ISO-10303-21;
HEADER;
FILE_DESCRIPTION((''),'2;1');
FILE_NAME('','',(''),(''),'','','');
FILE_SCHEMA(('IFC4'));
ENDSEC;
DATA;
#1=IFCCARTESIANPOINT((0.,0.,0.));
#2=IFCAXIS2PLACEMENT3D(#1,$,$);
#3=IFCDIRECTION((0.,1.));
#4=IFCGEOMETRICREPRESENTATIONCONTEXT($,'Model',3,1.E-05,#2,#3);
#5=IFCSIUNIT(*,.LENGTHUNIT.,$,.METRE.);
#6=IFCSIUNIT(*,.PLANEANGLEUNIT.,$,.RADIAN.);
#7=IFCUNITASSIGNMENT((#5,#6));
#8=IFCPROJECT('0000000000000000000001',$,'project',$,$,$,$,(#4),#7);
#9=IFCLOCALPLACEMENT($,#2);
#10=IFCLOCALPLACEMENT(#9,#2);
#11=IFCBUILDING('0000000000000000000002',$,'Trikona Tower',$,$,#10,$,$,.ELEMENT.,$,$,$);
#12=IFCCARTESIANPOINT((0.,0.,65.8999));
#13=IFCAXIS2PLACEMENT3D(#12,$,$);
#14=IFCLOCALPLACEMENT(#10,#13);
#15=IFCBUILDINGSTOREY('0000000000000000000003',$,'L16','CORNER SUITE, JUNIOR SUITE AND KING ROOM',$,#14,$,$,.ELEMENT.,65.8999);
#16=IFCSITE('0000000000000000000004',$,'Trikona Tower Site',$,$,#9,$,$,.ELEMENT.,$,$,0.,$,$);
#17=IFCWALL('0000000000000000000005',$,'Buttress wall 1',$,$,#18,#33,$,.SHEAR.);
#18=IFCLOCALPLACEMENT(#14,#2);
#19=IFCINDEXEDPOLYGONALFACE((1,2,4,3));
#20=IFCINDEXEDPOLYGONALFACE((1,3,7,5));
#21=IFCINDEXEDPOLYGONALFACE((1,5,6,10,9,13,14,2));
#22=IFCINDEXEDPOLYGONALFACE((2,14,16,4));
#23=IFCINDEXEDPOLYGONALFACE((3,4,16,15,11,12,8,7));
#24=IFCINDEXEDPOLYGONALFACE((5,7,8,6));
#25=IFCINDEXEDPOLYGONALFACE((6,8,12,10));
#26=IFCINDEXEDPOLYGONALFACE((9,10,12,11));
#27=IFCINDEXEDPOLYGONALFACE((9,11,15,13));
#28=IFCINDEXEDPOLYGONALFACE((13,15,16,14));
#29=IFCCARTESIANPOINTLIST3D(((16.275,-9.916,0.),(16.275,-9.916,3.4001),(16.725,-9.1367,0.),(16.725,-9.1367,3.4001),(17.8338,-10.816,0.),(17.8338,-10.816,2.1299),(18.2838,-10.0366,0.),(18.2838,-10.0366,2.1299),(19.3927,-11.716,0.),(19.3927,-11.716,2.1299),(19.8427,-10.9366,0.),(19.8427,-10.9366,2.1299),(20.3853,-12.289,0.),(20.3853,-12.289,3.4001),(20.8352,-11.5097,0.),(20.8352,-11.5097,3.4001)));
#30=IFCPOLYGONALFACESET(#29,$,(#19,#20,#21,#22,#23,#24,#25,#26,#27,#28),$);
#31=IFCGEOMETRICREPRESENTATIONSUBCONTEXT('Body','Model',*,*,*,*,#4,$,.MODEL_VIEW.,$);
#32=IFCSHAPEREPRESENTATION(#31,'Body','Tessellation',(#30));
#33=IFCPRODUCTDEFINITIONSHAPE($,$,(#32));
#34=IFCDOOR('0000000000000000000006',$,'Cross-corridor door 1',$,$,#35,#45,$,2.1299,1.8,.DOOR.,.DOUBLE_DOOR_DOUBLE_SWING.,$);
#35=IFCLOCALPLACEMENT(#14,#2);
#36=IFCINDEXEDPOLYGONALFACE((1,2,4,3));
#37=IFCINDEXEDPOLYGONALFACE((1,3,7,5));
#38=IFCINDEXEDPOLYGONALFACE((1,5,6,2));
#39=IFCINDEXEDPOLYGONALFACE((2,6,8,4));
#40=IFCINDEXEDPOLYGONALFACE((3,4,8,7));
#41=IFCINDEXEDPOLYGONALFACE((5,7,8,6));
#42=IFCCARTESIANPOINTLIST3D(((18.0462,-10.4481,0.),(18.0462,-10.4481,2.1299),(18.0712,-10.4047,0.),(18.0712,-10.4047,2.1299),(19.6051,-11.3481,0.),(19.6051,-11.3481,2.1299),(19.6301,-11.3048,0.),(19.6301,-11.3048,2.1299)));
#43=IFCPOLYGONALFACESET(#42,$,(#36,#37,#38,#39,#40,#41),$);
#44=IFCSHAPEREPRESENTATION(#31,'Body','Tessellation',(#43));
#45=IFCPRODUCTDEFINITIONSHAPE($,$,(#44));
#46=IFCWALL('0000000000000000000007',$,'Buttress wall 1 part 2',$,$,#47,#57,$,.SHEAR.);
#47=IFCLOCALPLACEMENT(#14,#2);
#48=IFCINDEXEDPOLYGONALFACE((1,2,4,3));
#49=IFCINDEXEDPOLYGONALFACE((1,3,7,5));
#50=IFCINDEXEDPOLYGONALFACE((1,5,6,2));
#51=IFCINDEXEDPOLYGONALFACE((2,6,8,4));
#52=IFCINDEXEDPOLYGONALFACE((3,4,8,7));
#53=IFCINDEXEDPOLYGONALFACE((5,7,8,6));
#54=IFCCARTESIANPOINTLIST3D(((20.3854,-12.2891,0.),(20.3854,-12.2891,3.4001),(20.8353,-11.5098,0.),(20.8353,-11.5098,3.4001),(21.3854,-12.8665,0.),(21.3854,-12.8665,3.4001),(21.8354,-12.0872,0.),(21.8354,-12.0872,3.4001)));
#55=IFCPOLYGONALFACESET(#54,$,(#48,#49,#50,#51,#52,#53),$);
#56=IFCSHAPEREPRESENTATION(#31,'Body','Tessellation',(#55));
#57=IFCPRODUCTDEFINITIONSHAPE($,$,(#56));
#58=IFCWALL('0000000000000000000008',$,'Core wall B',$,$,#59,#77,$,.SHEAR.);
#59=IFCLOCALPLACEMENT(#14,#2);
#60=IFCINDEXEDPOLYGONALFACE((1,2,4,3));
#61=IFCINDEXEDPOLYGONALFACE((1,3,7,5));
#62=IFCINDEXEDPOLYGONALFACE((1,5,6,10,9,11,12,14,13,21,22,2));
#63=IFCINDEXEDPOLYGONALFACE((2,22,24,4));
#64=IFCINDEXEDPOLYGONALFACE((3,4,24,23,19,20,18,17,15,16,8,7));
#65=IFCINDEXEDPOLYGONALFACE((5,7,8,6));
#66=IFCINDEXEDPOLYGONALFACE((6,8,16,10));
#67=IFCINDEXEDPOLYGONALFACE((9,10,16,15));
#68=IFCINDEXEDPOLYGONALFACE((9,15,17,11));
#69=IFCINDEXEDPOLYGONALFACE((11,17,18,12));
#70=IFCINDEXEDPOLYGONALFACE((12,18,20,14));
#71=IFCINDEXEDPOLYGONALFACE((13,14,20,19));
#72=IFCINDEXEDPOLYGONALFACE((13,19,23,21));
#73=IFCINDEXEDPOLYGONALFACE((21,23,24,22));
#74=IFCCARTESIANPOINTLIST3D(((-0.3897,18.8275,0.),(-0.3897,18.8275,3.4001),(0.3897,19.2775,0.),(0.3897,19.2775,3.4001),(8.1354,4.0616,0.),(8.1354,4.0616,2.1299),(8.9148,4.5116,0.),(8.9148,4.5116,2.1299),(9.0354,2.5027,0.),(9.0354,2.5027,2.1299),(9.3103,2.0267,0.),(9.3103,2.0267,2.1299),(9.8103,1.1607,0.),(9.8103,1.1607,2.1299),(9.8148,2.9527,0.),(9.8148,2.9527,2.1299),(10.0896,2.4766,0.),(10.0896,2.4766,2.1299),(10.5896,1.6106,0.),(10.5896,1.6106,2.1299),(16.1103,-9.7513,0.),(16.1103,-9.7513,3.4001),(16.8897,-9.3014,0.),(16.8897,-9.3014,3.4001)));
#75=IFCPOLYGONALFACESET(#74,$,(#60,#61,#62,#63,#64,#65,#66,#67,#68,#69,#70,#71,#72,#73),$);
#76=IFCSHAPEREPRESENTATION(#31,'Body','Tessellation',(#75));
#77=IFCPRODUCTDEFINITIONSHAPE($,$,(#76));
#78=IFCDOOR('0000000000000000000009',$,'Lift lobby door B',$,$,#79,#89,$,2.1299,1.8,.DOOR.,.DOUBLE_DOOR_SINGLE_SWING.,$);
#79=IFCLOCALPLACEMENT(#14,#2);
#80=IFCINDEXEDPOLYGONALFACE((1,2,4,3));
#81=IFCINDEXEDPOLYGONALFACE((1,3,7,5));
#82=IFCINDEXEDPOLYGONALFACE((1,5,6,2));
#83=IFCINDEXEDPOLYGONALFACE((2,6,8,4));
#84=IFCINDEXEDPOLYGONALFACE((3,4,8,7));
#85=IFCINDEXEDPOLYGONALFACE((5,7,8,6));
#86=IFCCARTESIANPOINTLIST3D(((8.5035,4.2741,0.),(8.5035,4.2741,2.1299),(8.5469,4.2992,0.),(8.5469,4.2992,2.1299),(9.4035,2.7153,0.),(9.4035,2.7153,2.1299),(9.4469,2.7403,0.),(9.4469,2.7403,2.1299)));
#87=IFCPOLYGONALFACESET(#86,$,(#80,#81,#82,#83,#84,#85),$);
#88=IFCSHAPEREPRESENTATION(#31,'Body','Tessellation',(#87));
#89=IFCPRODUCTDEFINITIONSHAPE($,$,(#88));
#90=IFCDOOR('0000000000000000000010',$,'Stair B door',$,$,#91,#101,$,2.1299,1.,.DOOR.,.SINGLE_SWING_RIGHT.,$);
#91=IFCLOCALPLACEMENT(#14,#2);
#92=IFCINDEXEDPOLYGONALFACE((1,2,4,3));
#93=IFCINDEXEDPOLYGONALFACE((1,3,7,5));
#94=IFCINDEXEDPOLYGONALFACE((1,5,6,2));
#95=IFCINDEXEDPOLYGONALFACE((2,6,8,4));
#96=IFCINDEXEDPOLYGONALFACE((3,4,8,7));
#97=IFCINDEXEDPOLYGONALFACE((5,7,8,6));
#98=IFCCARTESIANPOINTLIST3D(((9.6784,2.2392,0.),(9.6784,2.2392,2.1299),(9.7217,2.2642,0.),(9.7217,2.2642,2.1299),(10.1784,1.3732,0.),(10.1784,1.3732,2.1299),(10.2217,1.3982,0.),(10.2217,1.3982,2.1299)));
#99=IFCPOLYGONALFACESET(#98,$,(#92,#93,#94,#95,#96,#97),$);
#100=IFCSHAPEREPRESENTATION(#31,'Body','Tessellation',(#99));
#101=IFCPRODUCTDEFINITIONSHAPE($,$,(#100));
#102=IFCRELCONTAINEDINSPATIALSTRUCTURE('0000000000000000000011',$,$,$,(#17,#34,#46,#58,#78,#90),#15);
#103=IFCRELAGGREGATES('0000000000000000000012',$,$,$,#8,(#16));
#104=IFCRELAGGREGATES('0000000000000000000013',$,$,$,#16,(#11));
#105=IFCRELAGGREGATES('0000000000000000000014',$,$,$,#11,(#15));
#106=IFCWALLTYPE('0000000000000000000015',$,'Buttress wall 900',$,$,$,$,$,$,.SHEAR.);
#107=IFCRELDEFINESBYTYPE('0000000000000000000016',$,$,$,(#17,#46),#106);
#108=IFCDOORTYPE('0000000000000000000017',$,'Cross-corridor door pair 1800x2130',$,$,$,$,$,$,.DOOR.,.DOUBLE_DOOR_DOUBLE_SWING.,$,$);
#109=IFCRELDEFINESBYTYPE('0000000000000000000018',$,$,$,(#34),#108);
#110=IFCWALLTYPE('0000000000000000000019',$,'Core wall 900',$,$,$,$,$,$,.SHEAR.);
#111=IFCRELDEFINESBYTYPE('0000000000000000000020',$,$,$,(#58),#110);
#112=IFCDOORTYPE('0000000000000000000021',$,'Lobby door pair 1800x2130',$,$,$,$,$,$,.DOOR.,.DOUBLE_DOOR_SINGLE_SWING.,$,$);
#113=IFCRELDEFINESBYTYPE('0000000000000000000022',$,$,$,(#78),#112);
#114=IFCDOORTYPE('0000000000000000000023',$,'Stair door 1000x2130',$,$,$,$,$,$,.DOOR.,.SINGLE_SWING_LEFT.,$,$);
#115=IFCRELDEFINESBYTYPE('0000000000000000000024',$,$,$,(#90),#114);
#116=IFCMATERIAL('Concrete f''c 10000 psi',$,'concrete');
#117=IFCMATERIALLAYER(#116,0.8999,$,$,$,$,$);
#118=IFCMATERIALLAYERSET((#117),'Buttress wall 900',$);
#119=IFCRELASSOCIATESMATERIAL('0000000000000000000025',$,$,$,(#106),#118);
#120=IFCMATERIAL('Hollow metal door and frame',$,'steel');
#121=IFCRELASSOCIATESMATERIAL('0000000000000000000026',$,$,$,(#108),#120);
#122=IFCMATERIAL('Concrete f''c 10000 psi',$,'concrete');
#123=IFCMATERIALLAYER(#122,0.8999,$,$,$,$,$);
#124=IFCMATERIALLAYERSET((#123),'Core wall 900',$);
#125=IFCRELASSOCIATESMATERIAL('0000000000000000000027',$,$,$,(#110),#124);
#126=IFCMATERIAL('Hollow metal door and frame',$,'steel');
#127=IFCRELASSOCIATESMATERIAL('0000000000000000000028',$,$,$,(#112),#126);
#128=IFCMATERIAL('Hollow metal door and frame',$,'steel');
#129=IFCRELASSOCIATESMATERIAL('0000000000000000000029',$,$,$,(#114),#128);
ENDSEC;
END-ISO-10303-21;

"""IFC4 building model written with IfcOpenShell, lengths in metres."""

from ifc_helpers import new_model, si_unit, direction, frame, frame_2d, origin, place, context, subcontext, project, spatial, rectangle, extrude, material, layer, layer_set, type_object, element, fill, save


model = new_model("IFC4")

# Units and contexts
model_context = context("Model", 3, precision=1e-05, world=origin(), true_north=direction((0.0, 1.0)))
body_context = subcontext(model_context, "Body", "Model", "MODEL_VIEW")
ifc_project = project(units=[si_unit("LENGTHUNIT", "METRE"), si_unit("PLANEANGLEUNIT", "RADIAN")], contexts=[model_context])

# Site, building, storey
site_placement = place(None, origin())
site = spatial("IfcSite", under=ifc_project, at=site_placement, Name="Trikona Tower Site", CompositionType="ELEMENT", RefElevation=0.0)
building_placement = place(site_placement, origin())
building = spatial("IfcBuilding", under=site, at=building_placement, Name="Trikona Tower", CompositionType="ELEMENT")
storey_placement = place(building_placement, frame((0.0, 0.0, 65.8999)))
storey = spatial("IfcBuildingStorey", under=building, at=storey_placement, Name="L16", Description="CORNER SUITE, JUNIOR SUITE AND KING ROOM", CompositionType="ELEMENT", Elevation=65.8999)

# Wall, opening, door
ifc_material_1 = material(Name="Concrete f'c 10000 psi", Category="concrete")
ifc_layer_1 = layer(ifc_material_1, 0.8999)
ifc_layer_set_1 = layer_set([ifc_layer_1], Name="Buttress wall 900")
wall_type_1 = type_object("IfcWallType", Name="Buttress wall 900", PredefinedType="SHEAR", material=ifc_layer_set_1)
wall_1_placement = place(storey_placement, frame((16.5, -9.5264, 0.0), z_axis=(0.0, 0.0, 1.0), x_axis=(0.866031, -0.49999, 0.0)))
wall_1 = element("IfcWall", 1, at=wall_1_placement, inside=storey, type_object=wall_type_1, Name="Buttress wall 1", PredefinedType="SHEAR", context=body_context, shape_type="SweptSolid", body=[
    extrude(rectangle(XDim=4.7461, YDim=0.8999, at=frame_2d((2.373, 0.0))), origin(), (0.0, 0.0, 1.0), 3.4001),
])
opening_1_placement = place(wall_1_placement, frame((1.8, 0.0, 0.0)))
opening_1 = element("IfcOpeningElement", 2, at=opening_1_placement, cuts=wall_1, PredefinedType="OPENING", context=body_context, shape_type="SweptSolid", body=[
    extrude(rectangle(XDim=1.8, YDim=2.1299, at=frame_2d((0.8999, 1.0649))), frame((0.0, 0.46, 0.0), z_axis=(0.0, -1.0, 0.0), x_axis=(1.0, 0.0, 0.0)), (0.0, 0.0, 1.0), 0.9199),
])
ifc_material_2 = material(Name="Hollow metal door and frame", Category="steel")
door_type_1 = type_object("IfcDoorType", Name="Cross-corridor door pair 1800x2130", OperationType="DOUBLE_DOOR_DOUBLE_SWING", PredefinedType="DOOR", material=ifc_material_2)
door_1_placement = place(opening_1_placement, origin())
door_1 = element("IfcDoor", 3, at=door_1_placement, inside=storey, type_object=door_type_1, Name="Cross-corridor door 1", OperationType="DOUBLE_DOOR_DOUBLE_SWING", OverallHeight=2.1299, OverallWidth=1.8, PredefinedType="DOOR", context=body_context, shape_type="SweptSolid", body=[
    extrude(rectangle(XDim=1.8, YDim=2.1299, at=frame_2d((0.8999, 1.0649))), frame((0.0, 0.0249, 0.0), z_axis=(0.0, -1.0, 0.0), x_axis=(1.0, 0.0, 0.0)), (0.0, 0.0, 1.0), 0.05),
])
fill(opening_1, door_1)

# Wall
wall_2_placement = place(storey_placement, frame((20.6104, -11.8994, 0.0), z_axis=(0.0, 0.0, 1.0), x_axis=(0.86601, -0.500027, 0.0)))
element("IfcWall", 4, at=wall_2_placement, inside=storey, type_object=wall_type_1, Name="Buttress wall 1 part 2", PredefinedType="SHEAR", context=body_context, shape_type="SweptSolid", body=[
    extrude(rectangle(XDim=1.1548, YDim=0.8999, at=frame_2d((0.5774, 0.0))), origin(), (0.0, 0.0, 1.0), 3.4001),
])

# Wall, openings, doors
ifc_material_3 = material(Name="Concrete f'c 10000 psi", Category="concrete")
ifc_layer_2 = layer(ifc_material_3, 0.8999)
ifc_layer_set_2 = layer_set([ifc_layer_2], Name="Core wall 900")
wall_type_2 = type_object("IfcWallType", Name="Core wall 900", PredefinedType="SHEAR", material=ifc_layer_set_2)
wall_3_placement = place(storey_placement, frame((16.5, -9.5264, 0.0), z_axis=(0.0, 0.0, 1.0), x_axis=(-0.5, 0.866026, 0.0)))
wall_3 = element("IfcWall", 5, at=wall_3_placement, inside=storey, type_object=wall_type_2, Name="Core wall B", PredefinedType="SHEAR", context=body_context, shape_type="SweptSolid", body=[
    extrude(rectangle(XDim=33.0, YDim=0.8999, at=frame_2d((16.5, 0.0))), origin(), (0.0, 0.0, 1.0), 3.4001),
])
opening_2_placement = place(wall_3_placement, frame((14.1499, 0.0, 0.0)))
opening_2 = element("IfcOpeningElement", 6, at=opening_2_placement, cuts=wall_3, PredefinedType="OPENING", context=body_context, shape_type="SweptSolid", body=[
    extrude(rectangle(XDim=1.8, YDim=2.1299, at=frame_2d((0.8999, 1.0649))), frame((0.0, 0.46, 0.0), z_axis=(0.0, -1.0, 0.0), x_axis=(1.0, 0.0, 0.0)), (0.0, 0.0, 1.0), 0.9199),
])
opening_3_placement = place(wall_3_placement, frame((12.6001, 0.0, 0.0)))
opening_3 = element("IfcOpeningElement", 7, at=opening_3_placement, cuts=wall_3, PredefinedType="OPENING", context=body_context, shape_type="SweptSolid", body=[
    extrude(rectangle(XDim=1.0, YDim=2.1299, at=frame_2d((0.5, 1.0649))), frame((0.0, 0.46, 0.0), z_axis=(0.0, -1.0, 0.0), x_axis=(1.0, 0.0, 0.0)), (0.0, 0.0, 1.0), 0.9199),
])
ifc_material_4 = material(Name="Hollow metal door and frame", Category="steel")
door_type_2 = type_object("IfcDoorType", Name="Lobby door pair 1800x2130", OperationType="DOUBLE_DOOR_SINGLE_SWING", PredefinedType="DOOR", material=ifc_material_4)
door_2_placement = place(opening_2_placement, origin())
door_2 = element("IfcDoor", 8, at=door_2_placement, inside=storey, type_object=door_type_2, Name="Lift lobby door B", OperationType="DOUBLE_DOOR_SINGLE_SWING", OverallHeight=2.1299, OverallWidth=1.8, PredefinedType="DOOR", context=body_context, shape_type="SweptSolid", body=[
    extrude(rectangle(XDim=1.8, YDim=2.1299, at=frame_2d((0.8999, 1.0649))), frame((0.0, 0.0249, 0.0), z_axis=(0.0, -1.0, 0.0), x_axis=(1.0, 0.0, 0.0)), (0.0, 0.0, 1.0), 0.05),
])
fill(opening_2, door_2)
ifc_material_5 = material(Name="Hollow metal door and frame", Category="steel")
door_type_3 = type_object("IfcDoorType", Name="Stair door 1000x2130", OperationType="SINGLE_SWING_LEFT", PredefinedType="DOOR", material=ifc_material_5)
door_3_placement = place(opening_3_placement, origin())
door_3 = element("IfcDoor", 9, at=door_3_placement, inside=storey, type_object=door_type_3, Name="Stair B door", OperationType="SINGLE_SWING_RIGHT", OverallHeight=2.1299, OverallWidth=1.0, PredefinedType="DOOR", context=body_context, shape_type="SweptSolid", body=[
    extrude(rectangle(XDim=1.0, YDim=2.1299, at=frame_2d((0.5, 1.0649))), frame((0.0, 0.0249, 0.0), z_axis=(0.0, -1.0, 0.0), x_axis=(1.0, 0.0, 0.0)), (0.0, 0.0, 1.0), 0.05),
])
fill(opening_3, door_3)

save(model, "model.ifc")
